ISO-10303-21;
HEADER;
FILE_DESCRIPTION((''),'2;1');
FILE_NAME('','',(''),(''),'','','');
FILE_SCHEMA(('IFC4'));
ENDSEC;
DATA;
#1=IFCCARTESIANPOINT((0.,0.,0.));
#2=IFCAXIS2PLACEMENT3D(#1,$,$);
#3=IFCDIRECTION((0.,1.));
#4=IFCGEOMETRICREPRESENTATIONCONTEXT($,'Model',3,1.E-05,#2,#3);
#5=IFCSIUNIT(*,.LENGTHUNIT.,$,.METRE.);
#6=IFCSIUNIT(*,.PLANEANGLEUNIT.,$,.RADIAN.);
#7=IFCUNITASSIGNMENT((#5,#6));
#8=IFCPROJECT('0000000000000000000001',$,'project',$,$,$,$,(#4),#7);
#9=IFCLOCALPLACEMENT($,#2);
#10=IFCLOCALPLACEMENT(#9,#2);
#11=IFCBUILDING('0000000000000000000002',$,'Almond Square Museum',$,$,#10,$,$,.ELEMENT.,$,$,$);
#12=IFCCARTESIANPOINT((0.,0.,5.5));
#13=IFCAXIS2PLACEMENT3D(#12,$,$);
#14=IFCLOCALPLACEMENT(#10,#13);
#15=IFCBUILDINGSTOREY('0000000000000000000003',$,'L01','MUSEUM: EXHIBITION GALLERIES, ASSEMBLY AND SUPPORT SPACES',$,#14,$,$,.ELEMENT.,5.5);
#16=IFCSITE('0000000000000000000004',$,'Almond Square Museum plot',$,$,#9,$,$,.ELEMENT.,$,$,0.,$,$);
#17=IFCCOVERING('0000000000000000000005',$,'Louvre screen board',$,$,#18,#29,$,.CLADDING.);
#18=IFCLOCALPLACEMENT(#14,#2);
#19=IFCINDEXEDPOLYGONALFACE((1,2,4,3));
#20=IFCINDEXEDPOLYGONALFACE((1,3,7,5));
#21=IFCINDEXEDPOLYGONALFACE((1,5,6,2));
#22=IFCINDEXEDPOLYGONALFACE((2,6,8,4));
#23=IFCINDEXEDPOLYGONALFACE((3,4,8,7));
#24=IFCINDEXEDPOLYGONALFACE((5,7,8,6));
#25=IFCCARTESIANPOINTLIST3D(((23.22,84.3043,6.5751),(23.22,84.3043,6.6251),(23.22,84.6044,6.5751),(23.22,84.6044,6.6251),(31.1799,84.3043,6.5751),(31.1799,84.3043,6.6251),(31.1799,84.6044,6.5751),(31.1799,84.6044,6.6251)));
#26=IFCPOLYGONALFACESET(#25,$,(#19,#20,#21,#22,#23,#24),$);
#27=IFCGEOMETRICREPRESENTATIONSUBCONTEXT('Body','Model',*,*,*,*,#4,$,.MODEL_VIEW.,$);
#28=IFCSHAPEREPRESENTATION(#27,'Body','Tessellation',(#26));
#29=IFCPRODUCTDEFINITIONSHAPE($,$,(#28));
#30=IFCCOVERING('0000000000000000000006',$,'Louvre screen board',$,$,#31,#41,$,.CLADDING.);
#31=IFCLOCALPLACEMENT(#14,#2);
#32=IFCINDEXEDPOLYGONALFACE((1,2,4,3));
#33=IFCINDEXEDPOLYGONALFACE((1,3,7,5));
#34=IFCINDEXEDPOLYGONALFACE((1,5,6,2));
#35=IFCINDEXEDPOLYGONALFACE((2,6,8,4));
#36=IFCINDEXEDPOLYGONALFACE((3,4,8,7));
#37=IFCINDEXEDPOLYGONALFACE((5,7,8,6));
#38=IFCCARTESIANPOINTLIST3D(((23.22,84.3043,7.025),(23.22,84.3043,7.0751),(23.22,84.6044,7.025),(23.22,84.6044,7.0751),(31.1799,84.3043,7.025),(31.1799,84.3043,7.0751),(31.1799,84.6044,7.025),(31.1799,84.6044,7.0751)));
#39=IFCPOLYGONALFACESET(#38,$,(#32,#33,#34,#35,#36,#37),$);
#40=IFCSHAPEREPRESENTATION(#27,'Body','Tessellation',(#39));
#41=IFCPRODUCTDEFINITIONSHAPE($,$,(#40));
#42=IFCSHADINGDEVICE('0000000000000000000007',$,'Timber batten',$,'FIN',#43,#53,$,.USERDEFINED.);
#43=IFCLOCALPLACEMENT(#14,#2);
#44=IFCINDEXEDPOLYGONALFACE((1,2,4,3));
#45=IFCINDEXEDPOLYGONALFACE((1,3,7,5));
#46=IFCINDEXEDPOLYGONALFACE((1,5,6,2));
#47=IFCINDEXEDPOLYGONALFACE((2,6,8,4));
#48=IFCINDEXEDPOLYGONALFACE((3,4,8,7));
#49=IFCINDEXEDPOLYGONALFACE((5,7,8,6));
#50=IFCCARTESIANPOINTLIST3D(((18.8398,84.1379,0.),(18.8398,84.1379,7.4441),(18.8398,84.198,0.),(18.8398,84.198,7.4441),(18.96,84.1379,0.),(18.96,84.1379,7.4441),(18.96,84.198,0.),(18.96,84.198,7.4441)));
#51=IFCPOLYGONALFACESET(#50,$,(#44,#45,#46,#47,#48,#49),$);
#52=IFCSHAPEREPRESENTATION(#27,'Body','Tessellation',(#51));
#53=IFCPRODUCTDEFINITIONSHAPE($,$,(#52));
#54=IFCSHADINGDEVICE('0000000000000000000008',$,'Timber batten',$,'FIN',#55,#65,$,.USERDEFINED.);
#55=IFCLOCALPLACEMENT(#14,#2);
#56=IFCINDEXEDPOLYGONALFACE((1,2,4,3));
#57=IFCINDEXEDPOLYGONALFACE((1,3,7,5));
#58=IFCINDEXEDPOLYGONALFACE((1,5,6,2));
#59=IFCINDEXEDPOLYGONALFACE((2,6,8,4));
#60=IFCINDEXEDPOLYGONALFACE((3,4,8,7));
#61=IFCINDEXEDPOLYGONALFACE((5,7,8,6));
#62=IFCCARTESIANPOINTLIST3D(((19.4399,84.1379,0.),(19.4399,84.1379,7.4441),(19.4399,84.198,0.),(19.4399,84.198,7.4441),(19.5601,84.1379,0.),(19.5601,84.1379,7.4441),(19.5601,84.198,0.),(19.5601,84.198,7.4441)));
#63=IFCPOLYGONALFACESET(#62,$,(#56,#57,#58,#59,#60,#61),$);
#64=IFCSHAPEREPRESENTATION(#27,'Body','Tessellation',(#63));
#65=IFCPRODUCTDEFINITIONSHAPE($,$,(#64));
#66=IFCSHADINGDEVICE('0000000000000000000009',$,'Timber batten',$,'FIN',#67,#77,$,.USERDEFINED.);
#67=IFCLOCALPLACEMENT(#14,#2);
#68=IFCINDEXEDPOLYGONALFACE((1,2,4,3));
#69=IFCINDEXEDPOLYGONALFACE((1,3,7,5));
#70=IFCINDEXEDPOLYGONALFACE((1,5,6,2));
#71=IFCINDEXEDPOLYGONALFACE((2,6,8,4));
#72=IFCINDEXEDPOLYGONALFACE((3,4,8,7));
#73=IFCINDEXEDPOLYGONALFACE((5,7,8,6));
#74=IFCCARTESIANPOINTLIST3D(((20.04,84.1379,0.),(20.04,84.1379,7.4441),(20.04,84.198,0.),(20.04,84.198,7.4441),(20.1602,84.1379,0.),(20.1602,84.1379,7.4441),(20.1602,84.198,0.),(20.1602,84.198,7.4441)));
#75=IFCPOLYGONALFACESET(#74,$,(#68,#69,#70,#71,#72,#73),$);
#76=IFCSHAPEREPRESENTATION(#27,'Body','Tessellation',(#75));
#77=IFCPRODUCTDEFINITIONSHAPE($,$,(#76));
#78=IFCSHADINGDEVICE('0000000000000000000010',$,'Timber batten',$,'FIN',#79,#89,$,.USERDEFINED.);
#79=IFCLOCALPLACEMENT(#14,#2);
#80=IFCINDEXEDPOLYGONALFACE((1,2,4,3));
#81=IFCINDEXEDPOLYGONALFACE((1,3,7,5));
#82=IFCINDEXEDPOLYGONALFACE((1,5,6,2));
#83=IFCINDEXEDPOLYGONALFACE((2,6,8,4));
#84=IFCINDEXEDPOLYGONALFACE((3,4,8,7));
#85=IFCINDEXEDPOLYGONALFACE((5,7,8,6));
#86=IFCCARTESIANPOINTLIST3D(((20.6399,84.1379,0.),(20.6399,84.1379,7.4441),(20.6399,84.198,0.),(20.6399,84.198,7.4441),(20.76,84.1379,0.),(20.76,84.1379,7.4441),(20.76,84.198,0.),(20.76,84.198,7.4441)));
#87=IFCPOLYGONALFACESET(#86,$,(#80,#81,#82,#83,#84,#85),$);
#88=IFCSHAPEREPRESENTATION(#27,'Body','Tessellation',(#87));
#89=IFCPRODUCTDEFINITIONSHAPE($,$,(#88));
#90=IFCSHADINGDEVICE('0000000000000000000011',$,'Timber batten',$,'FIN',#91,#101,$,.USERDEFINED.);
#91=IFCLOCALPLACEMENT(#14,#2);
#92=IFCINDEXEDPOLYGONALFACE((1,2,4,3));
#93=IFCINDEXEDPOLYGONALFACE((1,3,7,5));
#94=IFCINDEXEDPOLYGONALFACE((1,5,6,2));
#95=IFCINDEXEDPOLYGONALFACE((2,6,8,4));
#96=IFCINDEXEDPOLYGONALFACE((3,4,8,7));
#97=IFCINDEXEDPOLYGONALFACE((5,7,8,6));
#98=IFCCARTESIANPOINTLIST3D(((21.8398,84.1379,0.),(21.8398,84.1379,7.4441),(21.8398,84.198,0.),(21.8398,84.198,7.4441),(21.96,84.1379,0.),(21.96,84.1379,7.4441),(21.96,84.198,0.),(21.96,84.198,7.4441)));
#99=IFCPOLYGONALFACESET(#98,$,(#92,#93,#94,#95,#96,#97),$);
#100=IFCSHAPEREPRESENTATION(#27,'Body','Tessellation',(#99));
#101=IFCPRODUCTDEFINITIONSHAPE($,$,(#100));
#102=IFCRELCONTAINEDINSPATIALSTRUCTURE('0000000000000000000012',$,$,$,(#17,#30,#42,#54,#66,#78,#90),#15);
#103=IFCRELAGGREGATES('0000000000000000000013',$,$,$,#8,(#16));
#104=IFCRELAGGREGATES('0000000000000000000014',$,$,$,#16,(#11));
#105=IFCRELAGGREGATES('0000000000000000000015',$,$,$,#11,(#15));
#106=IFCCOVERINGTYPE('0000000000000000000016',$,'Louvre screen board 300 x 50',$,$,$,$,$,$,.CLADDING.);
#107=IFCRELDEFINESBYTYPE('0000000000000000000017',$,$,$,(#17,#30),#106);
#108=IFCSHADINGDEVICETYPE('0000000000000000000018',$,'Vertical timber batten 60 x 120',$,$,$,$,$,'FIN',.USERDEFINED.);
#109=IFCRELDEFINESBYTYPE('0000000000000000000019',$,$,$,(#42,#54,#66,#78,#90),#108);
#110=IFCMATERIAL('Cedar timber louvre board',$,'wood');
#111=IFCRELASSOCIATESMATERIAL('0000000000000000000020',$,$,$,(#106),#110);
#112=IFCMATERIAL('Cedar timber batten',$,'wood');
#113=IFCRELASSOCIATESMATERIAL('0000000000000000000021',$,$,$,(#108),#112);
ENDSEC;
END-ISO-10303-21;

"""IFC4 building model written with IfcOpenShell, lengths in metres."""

from ifc_helpers import new_model, si_unit, direction, frame, origin, origin_2d, place, context, subcontext, project, spatial, rectangle, extrude, material, material_profile, profile_set, type_object, element, save


model = new_model("IFC4")

# Units and contexts
model_context = context("Model", 3, precision=1e-05, world=origin(), true_north=direction((0.0, 1.0)))
body_context = subcontext(model_context, "Body", "Model", "MODEL_VIEW")
ifc_project = project(units=[si_unit("LENGTHUNIT", "METRE"), si_unit("PLANEANGLEUNIT", "RADIAN")], contexts=[model_context])

# Site, building, storey
site_placement = place(None, origin())
site = spatial("IfcSite", under=ifc_project, at=site_placement, Name="Almond Square Museum plot", CompositionType="ELEMENT", RefElevation=0.0)
building_placement = place(site_placement, origin())
building = spatial("IfcBuilding", under=site, at=building_placement, Name="Almond Square Museum", CompositionType="ELEMENT")
storey_placement = place(building_placement, frame((0.0, 0.0, 5.5)))
storey = spatial("IfcBuildingStorey", under=building, at=storey_placement, Name="L01", Description="MUSEUM: EXHIBITION GALLERIES, ASSEMBLY AND SUPPORT SPACES", CompositionType="ELEMENT", Elevation=5.5)

# Coverings
ifc_material_1 = material(Name="Cedar timber louvre board", Category="wood")
ifc_material_profile_1 = material_profile(ifc_material_1, rectangle(XDim=0.3, YDim=0.05, at=origin_2d()))
ifc_profile_set_1 = profile_set([ifc_material_profile_1], Name="Cedar timber louvre board")
covering_type = type_object("IfcCoveringType", Name="Louvre screen board 300 x 50", PredefinedType="CLADDING", material=ifc_profile_set_1)
for number, where, z_axis, x_axis, name in (
    (1, (23.22, 84.4543, 6.6001), (1.0, 0.0, 0.0), (0.0, 1.0, 0.0), "Louvre screen board"),
    (2, (23.22, 84.4543, 7.05), (1.0, 0.0, 0.0), (0.0, 1.0, 0.0), "Louvre screen board"),
):
    element("IfcCovering", number, at=place(storey_placement, frame(where, z_axis=z_axis, x_axis=x_axis)), inside=storey, type_object=covering_type, Name=name, PredefinedType="CLADDING", context=body_context, shape_type="SweptSolid", body=[
        extrude(rectangle(XDim=0.3, YDim=0.05, at=origin_2d()), origin(), (0.0, 0.0, 1.0), 7.96),
    ])

# Shading devices
ifc_material_2 = material(Name="Cedar timber batten", Category="wood")
ifc_material_profile_2 = material_profile(ifc_material_2, rectangle(XDim=0.0601, YDim=0.1201, at=origin_2d()))
ifc_profile_set_2 = profile_set([ifc_material_profile_2], Name="Cedar timber batten")
shading_device_type_1 = type_object("IfcShadingDeviceType", Name="Vertical timber batten 60 x 120", ElementType="FIN", PredefinedType="USERDEFINED", material=ifc_profile_set_2)
for number, where, z_axis, x_axis, name in (
    (3, (18.8999, 84.168, 0.0), (0.0, 0.0, 1.0), (0.0, 1.0, 0.0), "Timber batten"),
    (4, (19.5, 84.168, 0.0), (0.0, 0.0, 1.0), (0.0, 1.0, 0.0), "Timber batten"),
    (5, (20.1001, 84.168, 0.0), (0.0, 0.0, 1.0), (0.0, 1.0, 0.0), "Timber batten"),
    (6, (20.7, 84.168, 0.0), (0.0, 0.0, 1.0), (0.0, 1.0, 0.0), "Timber batten"),
    (7, (21.8999, 84.168, 0.0), (0.0, 0.0, 1.0), (0.0, 1.0, 0.0), "Timber batten"),
):
    element("IfcShadingDevice", number, at=place(storey_placement, frame(where, z_axis=z_axis, x_axis=x_axis)), inside=storey, type_object=shading_device_type_1, Name=name, ObjectType="FIN", PredefinedType="USERDEFINED", context=body_context, shape_type="SweptSolid", body=[
        extrude(rectangle(XDim=0.0601, YDim=0.1201, at=origin_2d()), origin(), (0.0, 0.0, 1.0), 7.4441),
    ])

save(model, "model.ifc")
